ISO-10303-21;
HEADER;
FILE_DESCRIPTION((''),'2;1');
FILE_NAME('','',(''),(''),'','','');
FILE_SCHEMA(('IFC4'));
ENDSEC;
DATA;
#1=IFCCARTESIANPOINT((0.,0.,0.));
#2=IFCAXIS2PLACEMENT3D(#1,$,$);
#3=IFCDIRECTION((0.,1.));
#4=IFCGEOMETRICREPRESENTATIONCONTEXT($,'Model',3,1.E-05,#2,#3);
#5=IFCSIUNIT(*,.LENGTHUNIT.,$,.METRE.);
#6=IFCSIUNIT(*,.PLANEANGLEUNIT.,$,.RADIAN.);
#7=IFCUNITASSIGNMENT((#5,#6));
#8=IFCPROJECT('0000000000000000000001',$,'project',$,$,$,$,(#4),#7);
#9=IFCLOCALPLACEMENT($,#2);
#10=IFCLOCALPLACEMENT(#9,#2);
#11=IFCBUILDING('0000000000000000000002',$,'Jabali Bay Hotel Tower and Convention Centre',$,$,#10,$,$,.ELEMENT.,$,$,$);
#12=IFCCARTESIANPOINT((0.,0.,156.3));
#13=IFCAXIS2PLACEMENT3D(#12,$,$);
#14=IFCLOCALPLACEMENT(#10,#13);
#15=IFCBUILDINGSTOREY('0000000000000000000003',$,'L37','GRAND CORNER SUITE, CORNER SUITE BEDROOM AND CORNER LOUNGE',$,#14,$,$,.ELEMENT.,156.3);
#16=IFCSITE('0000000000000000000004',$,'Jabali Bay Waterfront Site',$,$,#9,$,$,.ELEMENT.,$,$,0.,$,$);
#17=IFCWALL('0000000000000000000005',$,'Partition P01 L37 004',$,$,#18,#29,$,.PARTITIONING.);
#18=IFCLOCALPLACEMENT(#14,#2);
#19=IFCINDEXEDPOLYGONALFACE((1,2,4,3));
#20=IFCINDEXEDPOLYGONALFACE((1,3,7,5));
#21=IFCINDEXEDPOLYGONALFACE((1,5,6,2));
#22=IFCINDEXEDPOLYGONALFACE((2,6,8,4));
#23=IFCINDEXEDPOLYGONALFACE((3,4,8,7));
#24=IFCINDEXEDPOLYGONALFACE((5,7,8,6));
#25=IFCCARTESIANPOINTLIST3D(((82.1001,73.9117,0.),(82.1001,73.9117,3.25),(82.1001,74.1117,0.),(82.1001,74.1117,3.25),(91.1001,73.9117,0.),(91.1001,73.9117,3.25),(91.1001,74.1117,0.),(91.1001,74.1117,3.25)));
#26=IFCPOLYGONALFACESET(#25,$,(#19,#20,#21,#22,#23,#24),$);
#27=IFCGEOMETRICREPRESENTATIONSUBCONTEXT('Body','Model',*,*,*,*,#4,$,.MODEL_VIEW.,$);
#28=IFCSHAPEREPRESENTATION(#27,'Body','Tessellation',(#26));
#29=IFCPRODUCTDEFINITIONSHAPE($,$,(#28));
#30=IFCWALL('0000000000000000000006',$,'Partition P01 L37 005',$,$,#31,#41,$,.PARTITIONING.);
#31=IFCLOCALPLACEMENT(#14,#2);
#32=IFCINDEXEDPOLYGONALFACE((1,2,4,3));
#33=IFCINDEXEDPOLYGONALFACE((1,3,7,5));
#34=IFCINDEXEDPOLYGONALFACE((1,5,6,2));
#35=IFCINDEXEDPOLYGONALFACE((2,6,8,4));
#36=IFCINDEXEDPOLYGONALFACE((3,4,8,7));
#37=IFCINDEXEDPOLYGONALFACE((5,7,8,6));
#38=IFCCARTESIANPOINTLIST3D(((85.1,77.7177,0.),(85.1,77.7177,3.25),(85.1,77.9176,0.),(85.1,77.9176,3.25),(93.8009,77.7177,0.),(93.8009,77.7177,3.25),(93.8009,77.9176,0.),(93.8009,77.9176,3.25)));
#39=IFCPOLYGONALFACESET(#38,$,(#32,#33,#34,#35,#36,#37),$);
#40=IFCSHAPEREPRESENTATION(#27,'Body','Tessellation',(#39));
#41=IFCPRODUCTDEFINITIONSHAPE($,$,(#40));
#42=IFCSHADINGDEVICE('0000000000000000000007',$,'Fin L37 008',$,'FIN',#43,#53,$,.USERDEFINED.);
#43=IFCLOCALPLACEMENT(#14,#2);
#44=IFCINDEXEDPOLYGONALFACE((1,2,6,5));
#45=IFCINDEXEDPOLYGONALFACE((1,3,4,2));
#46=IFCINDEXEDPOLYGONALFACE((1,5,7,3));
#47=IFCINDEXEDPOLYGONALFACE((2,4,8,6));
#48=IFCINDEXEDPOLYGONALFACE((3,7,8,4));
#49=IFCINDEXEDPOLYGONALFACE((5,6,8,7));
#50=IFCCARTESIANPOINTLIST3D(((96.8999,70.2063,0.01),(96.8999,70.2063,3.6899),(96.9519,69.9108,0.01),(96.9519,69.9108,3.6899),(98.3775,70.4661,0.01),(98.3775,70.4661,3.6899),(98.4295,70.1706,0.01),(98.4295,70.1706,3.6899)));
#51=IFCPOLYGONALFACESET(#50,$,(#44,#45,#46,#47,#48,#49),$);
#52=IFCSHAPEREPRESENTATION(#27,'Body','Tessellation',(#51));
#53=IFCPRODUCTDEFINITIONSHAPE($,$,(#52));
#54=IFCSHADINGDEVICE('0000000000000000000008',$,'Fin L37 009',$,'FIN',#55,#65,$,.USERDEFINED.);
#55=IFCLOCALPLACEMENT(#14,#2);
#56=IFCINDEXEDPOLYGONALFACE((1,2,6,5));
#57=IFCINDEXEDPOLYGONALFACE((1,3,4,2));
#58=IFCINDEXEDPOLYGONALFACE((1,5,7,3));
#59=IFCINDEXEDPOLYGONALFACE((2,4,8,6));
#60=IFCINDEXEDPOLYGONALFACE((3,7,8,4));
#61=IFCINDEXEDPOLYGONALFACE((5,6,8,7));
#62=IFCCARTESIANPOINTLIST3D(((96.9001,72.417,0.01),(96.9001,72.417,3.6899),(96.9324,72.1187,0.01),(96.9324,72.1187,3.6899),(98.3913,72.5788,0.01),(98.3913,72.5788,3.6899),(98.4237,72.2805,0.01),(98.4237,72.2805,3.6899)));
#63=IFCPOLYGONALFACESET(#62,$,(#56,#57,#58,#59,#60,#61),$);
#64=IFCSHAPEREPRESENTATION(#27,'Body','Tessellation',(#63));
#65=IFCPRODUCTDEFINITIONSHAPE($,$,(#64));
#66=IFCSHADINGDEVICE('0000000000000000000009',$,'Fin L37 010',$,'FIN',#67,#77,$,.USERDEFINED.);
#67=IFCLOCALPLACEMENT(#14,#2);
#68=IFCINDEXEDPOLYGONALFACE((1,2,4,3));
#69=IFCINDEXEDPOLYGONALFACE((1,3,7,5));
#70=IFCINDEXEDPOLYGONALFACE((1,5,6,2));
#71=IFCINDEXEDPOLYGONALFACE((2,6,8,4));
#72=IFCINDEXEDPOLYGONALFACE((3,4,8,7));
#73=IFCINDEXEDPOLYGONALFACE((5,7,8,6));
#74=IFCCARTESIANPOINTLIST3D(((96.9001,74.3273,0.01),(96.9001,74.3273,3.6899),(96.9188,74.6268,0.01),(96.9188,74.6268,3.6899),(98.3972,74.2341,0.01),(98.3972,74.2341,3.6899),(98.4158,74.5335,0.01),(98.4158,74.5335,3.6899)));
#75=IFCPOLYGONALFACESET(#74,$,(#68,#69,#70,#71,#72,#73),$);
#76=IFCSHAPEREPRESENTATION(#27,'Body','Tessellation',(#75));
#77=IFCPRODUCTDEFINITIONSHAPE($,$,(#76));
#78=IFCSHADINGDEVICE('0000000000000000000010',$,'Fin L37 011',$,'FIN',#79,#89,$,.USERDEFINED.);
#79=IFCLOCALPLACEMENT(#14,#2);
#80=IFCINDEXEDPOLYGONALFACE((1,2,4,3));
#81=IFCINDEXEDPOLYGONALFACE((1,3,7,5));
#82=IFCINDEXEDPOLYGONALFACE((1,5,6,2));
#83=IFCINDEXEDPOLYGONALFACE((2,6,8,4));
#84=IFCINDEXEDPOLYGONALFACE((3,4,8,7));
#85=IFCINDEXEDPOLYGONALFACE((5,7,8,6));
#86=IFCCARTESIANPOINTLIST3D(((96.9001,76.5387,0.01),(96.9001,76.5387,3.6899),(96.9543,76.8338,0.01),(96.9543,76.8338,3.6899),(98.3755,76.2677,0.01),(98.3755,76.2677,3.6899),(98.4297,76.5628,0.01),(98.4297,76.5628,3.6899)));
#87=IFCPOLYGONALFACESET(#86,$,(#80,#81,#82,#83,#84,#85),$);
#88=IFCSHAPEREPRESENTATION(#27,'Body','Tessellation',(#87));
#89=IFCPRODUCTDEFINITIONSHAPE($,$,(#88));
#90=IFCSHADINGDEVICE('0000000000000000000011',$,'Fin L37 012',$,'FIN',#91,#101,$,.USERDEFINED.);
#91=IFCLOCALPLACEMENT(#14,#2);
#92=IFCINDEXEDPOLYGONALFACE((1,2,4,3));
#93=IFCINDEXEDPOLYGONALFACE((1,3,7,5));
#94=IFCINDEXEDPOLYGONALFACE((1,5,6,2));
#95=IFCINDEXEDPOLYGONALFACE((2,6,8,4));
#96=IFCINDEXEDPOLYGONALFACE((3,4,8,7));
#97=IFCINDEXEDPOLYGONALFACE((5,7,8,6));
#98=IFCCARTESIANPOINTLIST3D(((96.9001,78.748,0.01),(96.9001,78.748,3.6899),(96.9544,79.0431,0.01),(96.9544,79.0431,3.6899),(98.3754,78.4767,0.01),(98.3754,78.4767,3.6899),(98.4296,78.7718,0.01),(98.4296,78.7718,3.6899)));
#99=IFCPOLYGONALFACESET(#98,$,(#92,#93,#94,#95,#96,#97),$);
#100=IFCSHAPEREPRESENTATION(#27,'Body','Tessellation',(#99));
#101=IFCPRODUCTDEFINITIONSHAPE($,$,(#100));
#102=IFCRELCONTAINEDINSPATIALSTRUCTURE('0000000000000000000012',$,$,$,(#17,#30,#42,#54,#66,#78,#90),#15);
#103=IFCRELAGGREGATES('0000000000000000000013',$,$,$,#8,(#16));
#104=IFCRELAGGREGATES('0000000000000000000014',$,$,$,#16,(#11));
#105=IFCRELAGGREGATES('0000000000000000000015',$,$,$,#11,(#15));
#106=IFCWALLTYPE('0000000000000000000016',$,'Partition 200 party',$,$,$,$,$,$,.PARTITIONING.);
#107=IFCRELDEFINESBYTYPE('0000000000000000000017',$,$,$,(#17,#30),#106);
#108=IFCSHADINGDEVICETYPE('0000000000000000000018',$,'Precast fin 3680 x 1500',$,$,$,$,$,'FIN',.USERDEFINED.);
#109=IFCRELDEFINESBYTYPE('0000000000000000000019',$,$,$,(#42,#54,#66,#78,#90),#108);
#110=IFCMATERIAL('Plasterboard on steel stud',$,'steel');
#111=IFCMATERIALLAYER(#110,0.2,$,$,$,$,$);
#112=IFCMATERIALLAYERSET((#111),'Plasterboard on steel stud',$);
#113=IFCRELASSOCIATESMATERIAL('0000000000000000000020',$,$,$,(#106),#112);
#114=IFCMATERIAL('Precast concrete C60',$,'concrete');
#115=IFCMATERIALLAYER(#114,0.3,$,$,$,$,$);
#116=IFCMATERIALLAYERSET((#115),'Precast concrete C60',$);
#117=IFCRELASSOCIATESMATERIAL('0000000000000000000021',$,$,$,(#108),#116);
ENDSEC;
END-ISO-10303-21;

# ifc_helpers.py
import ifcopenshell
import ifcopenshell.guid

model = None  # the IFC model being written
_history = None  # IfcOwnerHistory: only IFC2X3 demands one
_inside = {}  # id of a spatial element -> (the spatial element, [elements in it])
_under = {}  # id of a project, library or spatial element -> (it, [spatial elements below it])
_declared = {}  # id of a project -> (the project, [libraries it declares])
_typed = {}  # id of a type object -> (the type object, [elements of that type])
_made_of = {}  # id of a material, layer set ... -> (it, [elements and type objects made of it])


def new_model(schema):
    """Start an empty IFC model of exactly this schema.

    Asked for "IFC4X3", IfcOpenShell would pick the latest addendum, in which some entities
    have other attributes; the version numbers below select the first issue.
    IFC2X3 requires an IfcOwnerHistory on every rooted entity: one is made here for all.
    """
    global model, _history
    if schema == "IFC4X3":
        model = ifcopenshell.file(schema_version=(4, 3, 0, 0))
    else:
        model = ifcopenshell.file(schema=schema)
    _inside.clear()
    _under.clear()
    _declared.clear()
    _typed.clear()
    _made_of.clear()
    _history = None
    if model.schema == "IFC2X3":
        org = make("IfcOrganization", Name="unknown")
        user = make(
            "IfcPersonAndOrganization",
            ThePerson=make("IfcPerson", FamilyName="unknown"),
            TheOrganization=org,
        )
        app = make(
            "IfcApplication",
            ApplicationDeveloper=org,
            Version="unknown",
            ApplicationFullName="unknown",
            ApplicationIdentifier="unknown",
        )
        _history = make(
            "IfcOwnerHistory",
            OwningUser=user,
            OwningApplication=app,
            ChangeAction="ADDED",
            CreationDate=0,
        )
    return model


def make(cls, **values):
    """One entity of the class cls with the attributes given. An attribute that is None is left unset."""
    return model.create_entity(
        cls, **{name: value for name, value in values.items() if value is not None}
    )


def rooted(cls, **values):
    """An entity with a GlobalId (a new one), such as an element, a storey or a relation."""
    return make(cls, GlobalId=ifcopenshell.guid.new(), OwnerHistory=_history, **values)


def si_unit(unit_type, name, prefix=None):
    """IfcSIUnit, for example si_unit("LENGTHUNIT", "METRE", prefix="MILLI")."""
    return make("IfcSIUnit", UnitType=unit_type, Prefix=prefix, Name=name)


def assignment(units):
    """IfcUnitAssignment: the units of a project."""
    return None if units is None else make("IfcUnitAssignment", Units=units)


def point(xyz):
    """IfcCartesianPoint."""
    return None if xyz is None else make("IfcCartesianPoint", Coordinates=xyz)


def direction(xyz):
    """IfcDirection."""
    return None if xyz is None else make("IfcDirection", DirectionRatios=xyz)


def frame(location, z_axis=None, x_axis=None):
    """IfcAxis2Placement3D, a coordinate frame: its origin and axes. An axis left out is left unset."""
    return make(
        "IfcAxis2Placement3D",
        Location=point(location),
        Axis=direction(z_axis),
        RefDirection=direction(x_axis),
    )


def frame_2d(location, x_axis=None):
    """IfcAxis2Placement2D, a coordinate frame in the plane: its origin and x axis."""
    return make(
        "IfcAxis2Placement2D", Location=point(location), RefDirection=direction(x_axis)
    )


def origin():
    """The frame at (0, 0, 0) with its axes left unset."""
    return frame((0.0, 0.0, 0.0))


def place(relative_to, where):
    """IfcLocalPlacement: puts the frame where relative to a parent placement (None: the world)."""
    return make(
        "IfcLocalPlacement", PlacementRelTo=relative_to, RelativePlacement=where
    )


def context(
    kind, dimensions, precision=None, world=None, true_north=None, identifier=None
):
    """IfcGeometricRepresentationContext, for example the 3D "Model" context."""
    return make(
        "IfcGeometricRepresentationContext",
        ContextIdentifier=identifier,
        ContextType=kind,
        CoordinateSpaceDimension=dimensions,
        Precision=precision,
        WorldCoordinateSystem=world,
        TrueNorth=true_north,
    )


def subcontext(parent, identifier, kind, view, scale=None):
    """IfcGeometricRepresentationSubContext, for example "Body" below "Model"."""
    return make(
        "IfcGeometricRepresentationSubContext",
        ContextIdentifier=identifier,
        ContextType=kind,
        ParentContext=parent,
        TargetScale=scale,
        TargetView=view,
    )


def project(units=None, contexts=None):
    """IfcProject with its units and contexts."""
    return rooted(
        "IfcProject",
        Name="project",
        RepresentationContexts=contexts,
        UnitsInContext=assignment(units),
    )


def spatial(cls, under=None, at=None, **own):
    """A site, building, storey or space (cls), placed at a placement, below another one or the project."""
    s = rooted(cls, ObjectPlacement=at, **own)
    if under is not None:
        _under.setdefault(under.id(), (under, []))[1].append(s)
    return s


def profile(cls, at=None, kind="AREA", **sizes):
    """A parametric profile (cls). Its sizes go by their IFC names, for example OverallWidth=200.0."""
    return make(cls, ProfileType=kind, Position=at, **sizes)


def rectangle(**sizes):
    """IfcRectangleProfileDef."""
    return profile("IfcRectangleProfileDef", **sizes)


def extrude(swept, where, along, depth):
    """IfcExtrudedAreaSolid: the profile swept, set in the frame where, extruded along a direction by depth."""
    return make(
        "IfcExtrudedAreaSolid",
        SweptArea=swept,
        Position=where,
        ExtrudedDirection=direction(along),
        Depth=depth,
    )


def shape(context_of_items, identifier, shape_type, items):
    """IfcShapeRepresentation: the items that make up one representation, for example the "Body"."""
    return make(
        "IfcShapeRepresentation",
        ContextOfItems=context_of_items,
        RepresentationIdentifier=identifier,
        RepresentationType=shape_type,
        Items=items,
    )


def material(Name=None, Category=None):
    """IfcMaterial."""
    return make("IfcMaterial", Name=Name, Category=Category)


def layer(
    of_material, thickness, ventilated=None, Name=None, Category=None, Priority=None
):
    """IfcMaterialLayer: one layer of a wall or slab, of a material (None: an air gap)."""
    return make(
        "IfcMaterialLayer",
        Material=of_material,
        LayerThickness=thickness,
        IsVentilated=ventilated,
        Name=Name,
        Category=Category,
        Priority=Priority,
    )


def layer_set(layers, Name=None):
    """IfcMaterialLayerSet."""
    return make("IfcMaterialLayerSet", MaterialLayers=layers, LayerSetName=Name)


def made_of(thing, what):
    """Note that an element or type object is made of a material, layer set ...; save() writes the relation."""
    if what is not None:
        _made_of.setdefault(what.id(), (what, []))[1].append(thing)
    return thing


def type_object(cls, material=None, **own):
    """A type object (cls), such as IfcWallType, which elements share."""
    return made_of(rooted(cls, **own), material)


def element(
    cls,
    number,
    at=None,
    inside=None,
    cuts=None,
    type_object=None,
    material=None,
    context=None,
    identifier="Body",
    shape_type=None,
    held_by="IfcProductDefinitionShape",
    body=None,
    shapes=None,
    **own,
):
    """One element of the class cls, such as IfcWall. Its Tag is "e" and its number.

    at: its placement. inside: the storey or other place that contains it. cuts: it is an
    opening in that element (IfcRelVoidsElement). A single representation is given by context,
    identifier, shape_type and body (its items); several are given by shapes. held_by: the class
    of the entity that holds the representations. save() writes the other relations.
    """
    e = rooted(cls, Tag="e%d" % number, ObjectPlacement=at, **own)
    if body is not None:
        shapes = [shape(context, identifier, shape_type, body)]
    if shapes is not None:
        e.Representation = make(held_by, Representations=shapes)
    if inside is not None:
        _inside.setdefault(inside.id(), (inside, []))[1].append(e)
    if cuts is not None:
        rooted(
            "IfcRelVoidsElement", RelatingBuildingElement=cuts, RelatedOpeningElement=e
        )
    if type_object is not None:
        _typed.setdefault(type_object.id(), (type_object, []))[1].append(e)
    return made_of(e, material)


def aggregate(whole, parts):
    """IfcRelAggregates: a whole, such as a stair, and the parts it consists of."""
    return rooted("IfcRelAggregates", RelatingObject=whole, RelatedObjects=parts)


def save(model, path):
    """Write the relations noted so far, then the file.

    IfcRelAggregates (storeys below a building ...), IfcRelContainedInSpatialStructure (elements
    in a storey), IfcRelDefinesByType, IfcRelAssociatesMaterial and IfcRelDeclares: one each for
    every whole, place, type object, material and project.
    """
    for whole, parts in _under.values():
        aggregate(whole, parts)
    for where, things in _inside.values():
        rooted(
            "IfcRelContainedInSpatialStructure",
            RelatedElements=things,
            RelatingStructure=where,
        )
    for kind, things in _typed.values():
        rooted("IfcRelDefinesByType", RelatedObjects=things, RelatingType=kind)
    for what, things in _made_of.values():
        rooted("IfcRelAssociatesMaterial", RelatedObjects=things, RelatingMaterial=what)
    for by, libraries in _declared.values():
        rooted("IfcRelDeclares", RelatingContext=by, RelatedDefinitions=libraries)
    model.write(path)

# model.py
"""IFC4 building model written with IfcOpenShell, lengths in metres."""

from ifc_helpers import new_model, si_unit, direction, frame, frame_2d, origin, place, context, subcontext, project, spatial, rectangle, extrude, material, layer, layer_set, type_object, element, save


model = new_model("IFC4")

# Units and contexts
model_context = context("Model", 3, precision=1e-05, world=origin(), true_north=direction((0.0, 1.0)))
body_context = subcontext(model_context, "Body", "Model", "MODEL_VIEW")
ifc_project = project(units=[si_unit("LENGTHUNIT", "METRE"), si_unit("PLANEANGLEUNIT", "RADIAN")], contexts=[model_context])

# Site, building, storey
site_placement = place(None, origin())
site = spatial("IfcSite", under=ifc_project, at=site_placement, Name="Jabali Bay Waterfront Site", CompositionType="ELEMENT", RefElevation=0.0)
building_placement = place(site_placement, origin())
building = spatial("IfcBuilding", under=site, at=building_placement, Name="Jabali Bay Hotel Tower and Convention Centre", CompositionType="ELEMENT")
storey_placement = place(building_placement, frame((0.0, 0.0, 156.3)))
storey = spatial("IfcBuildingStorey", under=building, at=storey_placement, Name="L37", Description="GRAND CORNER SUITE, CORNER SUITE BEDROOM AND CORNER LOUNGE", CompositionType="ELEMENT", Elevation=156.3)

# Shared definitions
ifc_material_1 = material(Name="Plasterboard on steel stud", Category="steel")

# Shared definitions
ifc_layer_1 = layer(ifc_material_1, 0.2)
ifc_layer_set_1 = layer_set([ifc_layer_1], Name="Plasterboard on steel stud")
wall_type_1 = type_object("IfcWallType", Name="Partition 200 party", PredefinedType="PARTITIONING", material=ifc_layer_set_1)

# Walls
wall_1_placement = place(storey_placement, frame((91.1001, 74.0117, 0.0), z_axis=(0.0, 0.0, 1.0), x_axis=(-1.0, 0.0, 0.0)))
element("IfcWall", 1, at=wall_1_placement, inside=storey, type_object=wall_type_1, Name="Partition P01 L37 004", PredefinedType="PARTITIONING", context=body_context, shape_type="SweptSolid", body=[
    extrude(rectangle(XDim=9.0, YDim=0.2, at=frame_2d((4.5, 0.0))), origin(), (0.0, 0.0, 1.0), 3.25),
])
wall_2_placement = place(storey_placement, frame((93.801, 77.8176, 0.0), z_axis=(0.0, 0.0, 1.0), x_axis=(-1.0, 0.0, 0.0)))
element("IfcWall", 2, at=wall_2_placement, inside=storey, type_object=wall_type_1, Name="Partition P01 L37 005", PredefinedType="PARTITIONING", context=body_context, shape_type="SweptSolid", body=[
    extrude(rectangle(XDim=8.7009, YDim=0.2, at=frame_2d((4.3506, 0.0))), origin(), (0.0, 0.0, 1.0), 3.25),
])

# Shading devices
ifc_material_2 = material(Name="Precast concrete C60", Category="concrete")
ifc_layer_2 = layer(ifc_material_2, 0.3)
ifc_layer_set_2 = layer_set([ifc_layer_2], Name="Precast concrete C60")
shading_device_type = type_object("IfcShadingDeviceType", Name="Precast fin 3680 x 1500", ElementType="FIN", PredefinedType="USERDEFINED", material=ifc_layer_set_2)
shading_device_placement = place(storey_placement, frame((96.926, 70.0586, 0.01), z_axis=(0.0, 0.0, 1.0), x_axis=(0.984895, 0.173154, 0.0)))
element("IfcShadingDevice", 3, at=shading_device_placement, inside=storey, type_object=shading_device_type, Name="Fin L37 008", ObjectType="FIN", PredefinedType="USERDEFINED", context=body_context, shape_type="SweptSolid", body=[
    extrude(rectangle(XDim=1.5002, YDim=0.3, at=frame_2d((0.75, 0.0))), origin(), (0.0, 0.0, 1.0), 3.6799),
])
for number, where, z_axis, x_axis, name in (
    (4, (96.9163, 72.2678, 0.01), (0.0, 0.0, 1.0), (0.99416, 0.107912, 0.0), "Fin L37 009"),
    (5, (96.9094, 74.4771, 0.01), (0.0, 0.0, 1.0), (0.998065, -0.062176, 0.0), "Fin L37 010"),
    (6, (96.9272, 76.6863, 0.01), (0.0, 0.0, 1.0), (0.983545, -0.180661, 0.0), "Fin L37 011"),
    (7, (96.9272, 78.8955, 0.01), (0.0, 0.0, 1.0), (0.983516, -0.180819, 0.0), "Fin L37 012"),
):
    element("IfcShadingDevice", number, at=place(storey_placement, frame(where, z_axis=z_axis, x_axis=x_axis)), inside=storey, type_object=shading_device_type, Name=name, ObjectType="FIN", PredefinedType="USERDEFINED", context=body_context, shape_type="SweptSolid", body=[
        extrude(rectangle(XDim=1.5, YDim=0.3, at=frame_2d((0.75, 0.0))), origin(), (0.0, 0.0, 1.0), 3.6799),
    ])

save(model, "model.ifc")
